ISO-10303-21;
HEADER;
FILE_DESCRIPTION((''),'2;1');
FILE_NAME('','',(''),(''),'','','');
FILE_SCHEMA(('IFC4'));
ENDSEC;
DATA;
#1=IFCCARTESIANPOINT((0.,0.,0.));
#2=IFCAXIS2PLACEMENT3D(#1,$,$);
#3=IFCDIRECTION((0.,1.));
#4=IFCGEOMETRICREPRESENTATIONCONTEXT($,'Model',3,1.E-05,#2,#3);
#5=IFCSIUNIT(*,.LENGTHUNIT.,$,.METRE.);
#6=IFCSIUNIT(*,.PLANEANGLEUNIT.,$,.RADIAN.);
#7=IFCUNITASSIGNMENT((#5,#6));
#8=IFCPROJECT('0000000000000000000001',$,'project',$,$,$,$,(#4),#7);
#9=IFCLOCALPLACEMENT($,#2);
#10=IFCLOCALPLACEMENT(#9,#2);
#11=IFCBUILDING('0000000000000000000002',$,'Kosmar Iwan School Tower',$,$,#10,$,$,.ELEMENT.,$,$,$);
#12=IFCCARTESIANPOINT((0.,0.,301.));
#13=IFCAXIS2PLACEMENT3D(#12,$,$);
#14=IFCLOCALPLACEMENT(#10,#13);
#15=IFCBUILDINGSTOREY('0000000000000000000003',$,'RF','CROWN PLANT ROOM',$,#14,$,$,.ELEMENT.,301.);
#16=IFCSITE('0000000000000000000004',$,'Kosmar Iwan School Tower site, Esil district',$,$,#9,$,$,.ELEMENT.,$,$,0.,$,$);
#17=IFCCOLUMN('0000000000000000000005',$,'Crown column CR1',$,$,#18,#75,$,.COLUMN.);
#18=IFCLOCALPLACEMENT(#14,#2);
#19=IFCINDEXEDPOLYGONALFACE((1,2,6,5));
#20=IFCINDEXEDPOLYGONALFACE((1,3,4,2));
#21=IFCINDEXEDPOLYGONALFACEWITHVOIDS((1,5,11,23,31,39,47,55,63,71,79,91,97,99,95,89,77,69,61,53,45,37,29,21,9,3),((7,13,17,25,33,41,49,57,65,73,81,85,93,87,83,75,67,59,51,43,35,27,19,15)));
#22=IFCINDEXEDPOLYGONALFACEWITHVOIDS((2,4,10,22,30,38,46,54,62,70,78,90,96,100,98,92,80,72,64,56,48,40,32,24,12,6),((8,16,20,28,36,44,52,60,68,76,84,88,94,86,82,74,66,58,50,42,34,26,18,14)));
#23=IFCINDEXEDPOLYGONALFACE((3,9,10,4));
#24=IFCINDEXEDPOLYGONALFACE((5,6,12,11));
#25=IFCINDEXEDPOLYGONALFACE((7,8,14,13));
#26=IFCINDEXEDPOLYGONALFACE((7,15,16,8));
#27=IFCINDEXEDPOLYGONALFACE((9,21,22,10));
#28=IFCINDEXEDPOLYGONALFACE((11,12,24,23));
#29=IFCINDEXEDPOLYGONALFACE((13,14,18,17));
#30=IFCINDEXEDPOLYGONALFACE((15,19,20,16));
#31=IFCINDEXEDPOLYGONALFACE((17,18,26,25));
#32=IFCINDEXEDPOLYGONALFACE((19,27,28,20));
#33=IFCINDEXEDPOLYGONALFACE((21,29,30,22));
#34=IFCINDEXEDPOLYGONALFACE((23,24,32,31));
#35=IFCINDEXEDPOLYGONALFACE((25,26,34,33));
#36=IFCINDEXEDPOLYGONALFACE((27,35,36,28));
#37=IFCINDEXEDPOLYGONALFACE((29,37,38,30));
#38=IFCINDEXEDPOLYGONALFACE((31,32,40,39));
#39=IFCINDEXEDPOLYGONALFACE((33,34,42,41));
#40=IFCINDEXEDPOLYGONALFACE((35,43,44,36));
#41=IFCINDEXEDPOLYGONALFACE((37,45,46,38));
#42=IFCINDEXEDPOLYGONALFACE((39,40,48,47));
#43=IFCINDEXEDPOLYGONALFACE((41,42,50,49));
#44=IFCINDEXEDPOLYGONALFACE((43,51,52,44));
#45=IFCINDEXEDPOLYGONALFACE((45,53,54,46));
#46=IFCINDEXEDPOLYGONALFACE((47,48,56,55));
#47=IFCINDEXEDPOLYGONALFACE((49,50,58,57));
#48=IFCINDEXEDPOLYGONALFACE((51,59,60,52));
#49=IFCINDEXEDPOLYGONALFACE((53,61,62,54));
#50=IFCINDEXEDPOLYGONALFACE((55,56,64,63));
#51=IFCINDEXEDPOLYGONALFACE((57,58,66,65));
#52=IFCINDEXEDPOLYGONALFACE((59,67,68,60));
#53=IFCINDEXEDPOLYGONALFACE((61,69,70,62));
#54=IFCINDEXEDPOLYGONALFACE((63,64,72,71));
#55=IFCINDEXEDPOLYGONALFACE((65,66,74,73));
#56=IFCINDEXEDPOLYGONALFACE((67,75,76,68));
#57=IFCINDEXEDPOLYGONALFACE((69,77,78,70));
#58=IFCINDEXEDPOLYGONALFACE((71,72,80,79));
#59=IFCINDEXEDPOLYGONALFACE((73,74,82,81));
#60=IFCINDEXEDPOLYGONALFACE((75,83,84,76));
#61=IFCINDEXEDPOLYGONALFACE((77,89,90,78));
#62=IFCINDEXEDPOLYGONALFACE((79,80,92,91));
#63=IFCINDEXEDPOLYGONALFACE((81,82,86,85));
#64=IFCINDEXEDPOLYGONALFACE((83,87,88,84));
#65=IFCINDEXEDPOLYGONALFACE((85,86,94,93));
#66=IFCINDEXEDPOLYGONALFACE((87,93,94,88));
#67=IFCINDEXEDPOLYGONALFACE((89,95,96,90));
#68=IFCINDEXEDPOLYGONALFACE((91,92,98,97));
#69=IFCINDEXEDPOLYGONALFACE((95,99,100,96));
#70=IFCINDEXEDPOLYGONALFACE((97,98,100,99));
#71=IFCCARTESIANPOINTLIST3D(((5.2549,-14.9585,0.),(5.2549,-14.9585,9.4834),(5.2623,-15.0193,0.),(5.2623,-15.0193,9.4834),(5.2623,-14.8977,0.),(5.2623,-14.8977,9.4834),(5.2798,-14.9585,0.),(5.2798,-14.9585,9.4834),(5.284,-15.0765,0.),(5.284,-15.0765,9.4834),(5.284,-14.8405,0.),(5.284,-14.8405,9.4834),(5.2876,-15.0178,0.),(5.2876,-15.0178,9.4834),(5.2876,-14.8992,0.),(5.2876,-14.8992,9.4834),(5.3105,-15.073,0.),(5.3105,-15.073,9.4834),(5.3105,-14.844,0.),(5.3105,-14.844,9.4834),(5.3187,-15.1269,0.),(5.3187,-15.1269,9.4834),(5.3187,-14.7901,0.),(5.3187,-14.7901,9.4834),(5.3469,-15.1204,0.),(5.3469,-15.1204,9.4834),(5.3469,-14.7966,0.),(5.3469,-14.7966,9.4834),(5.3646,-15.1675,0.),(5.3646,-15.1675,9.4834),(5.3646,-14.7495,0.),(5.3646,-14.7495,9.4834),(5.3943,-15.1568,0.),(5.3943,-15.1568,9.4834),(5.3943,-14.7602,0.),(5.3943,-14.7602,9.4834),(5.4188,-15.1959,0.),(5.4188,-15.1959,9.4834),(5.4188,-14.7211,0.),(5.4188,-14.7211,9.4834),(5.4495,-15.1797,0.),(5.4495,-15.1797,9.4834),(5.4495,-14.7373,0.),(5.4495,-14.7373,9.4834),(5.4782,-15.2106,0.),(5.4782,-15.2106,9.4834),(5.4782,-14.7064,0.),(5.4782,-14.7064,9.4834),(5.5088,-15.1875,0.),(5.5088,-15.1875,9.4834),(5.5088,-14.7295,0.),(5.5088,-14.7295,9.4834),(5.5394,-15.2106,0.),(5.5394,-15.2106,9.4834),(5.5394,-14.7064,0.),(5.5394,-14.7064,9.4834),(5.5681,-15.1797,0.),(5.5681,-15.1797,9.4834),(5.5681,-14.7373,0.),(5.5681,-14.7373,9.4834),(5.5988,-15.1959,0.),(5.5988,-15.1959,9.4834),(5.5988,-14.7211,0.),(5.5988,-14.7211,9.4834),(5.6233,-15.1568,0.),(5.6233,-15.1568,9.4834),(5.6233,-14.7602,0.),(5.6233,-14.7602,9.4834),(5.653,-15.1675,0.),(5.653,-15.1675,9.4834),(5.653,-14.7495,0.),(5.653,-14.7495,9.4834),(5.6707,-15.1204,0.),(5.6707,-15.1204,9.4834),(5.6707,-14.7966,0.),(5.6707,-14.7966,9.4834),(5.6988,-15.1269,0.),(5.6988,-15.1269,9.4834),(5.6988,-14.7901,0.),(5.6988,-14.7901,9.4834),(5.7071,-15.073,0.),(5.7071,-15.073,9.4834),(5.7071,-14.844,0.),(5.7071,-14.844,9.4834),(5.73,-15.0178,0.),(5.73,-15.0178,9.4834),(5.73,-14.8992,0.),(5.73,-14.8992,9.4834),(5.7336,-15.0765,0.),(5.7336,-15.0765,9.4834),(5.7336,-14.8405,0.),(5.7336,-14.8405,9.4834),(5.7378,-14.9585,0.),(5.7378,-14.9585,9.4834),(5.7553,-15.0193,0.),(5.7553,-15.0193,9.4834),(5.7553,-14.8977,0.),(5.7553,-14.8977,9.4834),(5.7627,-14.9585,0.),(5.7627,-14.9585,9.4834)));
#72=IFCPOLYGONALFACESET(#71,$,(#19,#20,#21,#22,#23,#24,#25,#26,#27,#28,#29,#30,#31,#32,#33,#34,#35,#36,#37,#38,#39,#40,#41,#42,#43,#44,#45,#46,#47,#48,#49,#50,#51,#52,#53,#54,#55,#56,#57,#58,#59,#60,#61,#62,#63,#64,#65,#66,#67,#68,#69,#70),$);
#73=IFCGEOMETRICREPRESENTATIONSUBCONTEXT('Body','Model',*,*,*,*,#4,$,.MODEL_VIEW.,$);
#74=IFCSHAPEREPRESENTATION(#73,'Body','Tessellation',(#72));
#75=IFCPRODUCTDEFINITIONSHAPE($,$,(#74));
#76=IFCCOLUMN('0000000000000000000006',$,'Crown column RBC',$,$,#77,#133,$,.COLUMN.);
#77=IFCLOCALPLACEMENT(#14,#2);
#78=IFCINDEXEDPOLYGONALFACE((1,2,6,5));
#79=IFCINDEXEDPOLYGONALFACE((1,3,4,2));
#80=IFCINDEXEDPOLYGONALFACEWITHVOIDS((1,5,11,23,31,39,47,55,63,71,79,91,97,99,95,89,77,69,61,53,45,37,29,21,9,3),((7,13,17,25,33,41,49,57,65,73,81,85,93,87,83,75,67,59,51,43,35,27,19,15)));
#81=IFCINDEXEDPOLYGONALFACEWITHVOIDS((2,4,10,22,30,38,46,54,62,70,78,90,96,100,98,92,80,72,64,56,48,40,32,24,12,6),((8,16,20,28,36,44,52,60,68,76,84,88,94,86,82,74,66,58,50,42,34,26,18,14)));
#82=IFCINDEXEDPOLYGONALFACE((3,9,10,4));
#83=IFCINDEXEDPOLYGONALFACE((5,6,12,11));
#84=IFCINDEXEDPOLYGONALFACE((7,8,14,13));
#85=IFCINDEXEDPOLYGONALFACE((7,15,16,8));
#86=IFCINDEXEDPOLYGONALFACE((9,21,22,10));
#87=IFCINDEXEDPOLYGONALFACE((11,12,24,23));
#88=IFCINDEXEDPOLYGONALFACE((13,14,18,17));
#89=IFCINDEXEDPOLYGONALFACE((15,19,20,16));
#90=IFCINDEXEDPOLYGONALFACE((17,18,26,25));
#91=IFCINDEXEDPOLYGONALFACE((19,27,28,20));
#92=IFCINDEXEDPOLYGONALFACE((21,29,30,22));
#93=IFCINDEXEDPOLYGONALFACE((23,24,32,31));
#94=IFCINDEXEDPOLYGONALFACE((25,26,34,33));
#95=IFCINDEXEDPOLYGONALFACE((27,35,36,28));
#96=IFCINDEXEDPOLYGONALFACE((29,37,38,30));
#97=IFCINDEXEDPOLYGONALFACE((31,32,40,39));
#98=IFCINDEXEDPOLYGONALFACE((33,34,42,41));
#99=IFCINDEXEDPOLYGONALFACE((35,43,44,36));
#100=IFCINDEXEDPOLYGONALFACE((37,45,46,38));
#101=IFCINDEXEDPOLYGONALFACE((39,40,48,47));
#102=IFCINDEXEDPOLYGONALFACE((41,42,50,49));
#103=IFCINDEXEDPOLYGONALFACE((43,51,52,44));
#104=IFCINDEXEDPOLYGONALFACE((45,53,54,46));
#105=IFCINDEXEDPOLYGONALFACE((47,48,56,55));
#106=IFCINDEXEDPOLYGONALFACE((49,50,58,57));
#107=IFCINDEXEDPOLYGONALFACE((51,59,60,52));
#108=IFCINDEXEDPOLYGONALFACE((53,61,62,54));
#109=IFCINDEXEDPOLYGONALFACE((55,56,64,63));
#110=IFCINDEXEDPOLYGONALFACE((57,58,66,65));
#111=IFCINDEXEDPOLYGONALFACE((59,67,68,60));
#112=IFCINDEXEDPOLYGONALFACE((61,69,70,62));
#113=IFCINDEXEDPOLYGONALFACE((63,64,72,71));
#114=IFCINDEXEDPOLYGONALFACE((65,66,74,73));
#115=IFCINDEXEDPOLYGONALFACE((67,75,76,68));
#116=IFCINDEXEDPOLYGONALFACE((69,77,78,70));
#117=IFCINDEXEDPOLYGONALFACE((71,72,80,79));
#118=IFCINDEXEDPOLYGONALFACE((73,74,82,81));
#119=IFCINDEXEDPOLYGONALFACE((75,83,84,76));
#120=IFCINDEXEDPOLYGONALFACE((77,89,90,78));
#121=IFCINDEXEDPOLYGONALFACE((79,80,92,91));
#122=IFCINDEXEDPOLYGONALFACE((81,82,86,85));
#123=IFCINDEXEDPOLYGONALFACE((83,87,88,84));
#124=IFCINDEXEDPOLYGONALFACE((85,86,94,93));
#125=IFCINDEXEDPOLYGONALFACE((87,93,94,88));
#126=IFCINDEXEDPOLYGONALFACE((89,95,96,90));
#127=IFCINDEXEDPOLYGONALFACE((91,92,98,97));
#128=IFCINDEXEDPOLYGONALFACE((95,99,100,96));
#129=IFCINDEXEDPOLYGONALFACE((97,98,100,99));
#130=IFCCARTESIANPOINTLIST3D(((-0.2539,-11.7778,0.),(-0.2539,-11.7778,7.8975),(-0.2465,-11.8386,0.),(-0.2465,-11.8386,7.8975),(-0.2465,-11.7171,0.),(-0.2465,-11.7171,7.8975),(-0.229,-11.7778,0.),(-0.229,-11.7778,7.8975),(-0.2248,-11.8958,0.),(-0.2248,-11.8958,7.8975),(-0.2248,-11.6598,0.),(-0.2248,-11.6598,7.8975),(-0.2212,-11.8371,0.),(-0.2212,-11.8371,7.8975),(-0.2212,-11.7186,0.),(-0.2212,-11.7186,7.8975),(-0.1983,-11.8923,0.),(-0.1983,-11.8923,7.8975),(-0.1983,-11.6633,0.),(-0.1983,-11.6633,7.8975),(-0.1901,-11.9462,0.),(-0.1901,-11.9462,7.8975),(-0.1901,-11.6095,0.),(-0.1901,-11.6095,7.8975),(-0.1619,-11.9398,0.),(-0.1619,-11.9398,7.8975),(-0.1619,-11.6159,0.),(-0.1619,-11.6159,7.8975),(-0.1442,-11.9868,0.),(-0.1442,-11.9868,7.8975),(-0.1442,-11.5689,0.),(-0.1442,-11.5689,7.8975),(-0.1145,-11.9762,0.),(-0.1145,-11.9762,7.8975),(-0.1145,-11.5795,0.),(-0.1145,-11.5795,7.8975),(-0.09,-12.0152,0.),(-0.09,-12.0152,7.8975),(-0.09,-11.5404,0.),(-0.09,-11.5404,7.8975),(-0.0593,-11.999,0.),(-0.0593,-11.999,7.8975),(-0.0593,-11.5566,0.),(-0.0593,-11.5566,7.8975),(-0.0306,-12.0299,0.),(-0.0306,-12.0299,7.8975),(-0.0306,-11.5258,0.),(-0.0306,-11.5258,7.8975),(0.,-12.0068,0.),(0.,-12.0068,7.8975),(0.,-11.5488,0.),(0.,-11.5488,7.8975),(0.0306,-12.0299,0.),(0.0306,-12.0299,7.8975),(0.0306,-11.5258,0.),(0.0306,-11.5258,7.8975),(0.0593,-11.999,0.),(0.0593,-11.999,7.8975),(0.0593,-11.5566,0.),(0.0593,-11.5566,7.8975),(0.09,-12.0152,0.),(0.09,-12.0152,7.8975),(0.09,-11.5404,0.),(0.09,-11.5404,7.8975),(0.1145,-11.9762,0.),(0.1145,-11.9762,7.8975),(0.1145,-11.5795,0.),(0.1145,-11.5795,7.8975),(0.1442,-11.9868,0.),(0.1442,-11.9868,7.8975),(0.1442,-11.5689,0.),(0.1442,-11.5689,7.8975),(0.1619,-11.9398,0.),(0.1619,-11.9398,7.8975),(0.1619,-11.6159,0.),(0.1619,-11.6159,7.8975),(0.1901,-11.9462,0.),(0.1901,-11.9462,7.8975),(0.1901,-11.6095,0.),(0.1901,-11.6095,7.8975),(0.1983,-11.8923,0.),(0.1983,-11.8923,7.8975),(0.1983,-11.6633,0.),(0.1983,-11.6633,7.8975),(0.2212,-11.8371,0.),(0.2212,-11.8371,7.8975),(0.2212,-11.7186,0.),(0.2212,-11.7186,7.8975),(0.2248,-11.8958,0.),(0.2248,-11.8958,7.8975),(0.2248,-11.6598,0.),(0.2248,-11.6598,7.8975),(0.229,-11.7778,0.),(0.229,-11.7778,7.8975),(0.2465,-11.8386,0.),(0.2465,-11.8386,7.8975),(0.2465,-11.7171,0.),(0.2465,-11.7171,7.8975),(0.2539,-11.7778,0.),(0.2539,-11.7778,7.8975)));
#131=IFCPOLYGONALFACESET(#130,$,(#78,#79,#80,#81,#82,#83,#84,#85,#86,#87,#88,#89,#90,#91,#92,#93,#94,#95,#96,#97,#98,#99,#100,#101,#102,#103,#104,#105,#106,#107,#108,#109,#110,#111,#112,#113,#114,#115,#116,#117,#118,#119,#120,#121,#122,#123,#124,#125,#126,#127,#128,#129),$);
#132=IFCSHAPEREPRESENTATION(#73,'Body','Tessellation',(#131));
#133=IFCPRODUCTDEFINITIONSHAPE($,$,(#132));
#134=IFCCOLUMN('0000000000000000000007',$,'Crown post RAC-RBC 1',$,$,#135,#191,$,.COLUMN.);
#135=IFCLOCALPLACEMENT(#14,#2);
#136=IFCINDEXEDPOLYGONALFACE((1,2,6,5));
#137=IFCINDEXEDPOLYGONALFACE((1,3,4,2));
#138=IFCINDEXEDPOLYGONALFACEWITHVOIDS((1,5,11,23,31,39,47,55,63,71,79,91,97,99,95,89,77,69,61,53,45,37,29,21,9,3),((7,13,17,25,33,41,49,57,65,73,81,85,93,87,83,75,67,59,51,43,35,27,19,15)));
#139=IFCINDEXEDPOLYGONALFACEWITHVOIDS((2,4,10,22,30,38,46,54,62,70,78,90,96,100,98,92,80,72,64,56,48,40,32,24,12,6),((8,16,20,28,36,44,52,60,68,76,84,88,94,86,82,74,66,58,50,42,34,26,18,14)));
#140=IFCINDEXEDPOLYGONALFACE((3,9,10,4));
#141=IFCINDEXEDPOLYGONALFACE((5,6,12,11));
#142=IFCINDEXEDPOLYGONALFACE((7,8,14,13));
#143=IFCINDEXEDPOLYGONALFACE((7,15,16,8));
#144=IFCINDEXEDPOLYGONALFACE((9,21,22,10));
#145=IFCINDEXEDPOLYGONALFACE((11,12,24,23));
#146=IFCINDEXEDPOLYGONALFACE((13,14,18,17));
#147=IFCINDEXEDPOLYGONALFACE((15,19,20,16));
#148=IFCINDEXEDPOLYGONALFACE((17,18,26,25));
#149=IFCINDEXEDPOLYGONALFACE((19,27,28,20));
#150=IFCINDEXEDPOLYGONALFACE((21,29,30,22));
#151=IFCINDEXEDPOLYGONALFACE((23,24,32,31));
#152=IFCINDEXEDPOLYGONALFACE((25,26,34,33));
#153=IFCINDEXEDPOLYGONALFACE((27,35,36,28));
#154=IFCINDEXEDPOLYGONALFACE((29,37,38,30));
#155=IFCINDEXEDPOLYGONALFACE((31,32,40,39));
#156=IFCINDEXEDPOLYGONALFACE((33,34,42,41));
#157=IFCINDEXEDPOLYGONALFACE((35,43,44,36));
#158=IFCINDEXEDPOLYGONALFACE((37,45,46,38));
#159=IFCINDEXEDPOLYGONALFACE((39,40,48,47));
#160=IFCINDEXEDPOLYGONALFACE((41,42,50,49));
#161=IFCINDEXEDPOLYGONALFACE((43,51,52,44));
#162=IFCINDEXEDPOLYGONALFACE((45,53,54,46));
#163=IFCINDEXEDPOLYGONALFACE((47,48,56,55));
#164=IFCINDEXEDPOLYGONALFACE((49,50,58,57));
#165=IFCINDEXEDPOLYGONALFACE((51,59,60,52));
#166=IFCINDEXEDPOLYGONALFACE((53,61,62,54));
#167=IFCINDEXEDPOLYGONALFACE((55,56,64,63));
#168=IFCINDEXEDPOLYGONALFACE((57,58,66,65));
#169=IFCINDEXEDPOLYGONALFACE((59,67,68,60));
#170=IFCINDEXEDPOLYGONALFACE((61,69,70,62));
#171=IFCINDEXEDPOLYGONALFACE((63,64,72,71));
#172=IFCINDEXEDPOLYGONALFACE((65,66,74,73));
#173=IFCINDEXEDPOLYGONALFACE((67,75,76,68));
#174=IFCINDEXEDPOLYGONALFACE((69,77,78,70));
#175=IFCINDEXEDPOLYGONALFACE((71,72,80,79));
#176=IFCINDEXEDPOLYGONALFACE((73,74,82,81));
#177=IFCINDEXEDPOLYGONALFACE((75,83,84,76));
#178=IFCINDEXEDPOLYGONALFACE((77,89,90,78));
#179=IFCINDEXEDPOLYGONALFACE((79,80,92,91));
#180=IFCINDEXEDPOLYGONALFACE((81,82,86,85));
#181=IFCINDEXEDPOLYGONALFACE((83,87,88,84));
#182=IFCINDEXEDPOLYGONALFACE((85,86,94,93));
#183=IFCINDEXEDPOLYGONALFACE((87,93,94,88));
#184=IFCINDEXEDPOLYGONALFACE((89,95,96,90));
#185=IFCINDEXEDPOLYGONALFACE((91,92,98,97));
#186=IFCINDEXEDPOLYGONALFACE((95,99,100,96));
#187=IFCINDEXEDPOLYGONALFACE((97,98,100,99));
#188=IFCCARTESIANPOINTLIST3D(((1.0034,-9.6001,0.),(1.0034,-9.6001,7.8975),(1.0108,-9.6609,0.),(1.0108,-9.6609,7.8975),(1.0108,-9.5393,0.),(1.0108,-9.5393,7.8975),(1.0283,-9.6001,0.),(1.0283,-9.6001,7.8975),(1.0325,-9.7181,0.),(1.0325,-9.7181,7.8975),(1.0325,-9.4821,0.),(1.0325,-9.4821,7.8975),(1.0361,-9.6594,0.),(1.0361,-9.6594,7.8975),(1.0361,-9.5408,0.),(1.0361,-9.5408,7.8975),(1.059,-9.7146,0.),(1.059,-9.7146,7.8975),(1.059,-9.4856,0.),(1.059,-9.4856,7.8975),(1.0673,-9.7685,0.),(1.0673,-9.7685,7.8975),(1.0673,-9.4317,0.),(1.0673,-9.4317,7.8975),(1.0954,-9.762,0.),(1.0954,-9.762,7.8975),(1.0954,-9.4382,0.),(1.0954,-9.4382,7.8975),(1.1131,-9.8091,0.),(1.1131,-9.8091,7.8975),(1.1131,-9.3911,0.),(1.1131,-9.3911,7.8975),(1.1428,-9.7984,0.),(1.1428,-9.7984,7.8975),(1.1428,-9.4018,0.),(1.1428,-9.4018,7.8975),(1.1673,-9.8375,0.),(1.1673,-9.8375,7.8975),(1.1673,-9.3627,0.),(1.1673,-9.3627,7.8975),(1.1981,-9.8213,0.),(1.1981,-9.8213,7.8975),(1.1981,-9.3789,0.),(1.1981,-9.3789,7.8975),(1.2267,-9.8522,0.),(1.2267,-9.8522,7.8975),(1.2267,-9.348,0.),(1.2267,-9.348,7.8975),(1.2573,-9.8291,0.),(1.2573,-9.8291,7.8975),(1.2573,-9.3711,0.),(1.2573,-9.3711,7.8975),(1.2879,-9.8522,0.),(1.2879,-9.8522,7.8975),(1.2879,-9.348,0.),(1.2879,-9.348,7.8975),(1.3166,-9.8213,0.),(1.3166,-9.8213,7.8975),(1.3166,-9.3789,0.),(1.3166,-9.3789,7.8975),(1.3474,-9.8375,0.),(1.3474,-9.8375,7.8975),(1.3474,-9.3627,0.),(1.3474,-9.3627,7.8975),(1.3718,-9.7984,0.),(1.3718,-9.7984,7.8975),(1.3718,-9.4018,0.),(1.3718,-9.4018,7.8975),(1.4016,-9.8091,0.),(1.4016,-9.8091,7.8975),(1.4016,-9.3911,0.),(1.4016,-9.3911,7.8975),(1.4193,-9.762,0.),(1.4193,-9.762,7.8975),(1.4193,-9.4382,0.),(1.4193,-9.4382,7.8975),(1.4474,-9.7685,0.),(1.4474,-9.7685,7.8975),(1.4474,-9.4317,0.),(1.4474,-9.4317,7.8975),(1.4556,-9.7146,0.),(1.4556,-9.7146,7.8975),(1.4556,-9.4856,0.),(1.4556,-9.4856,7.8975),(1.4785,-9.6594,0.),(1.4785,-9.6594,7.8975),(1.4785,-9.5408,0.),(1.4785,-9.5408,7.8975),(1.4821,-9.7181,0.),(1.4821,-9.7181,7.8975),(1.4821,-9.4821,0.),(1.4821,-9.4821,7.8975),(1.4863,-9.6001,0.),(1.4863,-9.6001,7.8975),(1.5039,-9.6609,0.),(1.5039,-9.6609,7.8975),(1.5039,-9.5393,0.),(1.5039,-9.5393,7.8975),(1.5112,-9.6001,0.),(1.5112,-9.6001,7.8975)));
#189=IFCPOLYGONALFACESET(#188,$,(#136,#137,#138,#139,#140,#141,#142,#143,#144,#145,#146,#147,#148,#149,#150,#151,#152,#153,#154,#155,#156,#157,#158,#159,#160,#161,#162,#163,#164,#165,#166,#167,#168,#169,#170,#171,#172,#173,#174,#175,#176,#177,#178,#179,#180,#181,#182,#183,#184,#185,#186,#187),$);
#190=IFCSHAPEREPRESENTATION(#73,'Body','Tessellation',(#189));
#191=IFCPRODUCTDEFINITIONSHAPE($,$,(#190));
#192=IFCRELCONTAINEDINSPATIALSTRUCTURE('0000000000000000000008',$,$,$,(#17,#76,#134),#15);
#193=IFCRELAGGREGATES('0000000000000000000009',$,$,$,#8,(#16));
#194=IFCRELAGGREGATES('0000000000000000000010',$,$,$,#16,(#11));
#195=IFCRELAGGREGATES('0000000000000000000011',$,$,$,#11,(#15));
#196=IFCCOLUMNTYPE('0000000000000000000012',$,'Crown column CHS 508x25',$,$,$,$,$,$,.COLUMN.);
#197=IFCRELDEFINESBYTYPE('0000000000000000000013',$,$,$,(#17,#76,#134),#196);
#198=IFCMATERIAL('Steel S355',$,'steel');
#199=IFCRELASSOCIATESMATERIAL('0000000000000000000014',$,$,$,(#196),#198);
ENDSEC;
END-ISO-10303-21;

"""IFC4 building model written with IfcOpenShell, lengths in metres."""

from ifc_helpers import new_model, si_unit, direction, frame, origin, origin_2d, place, context, subcontext, project, spatial, hollow_circle, extrude, material, material_profile, profile_set, type_object, element, save


model = new_model("IFC4")

# Units and contexts
model_context = context("Model", 3, precision=1e-05, world=origin(), true_north=direction((0.0, 1.0)))
body_context = subcontext(model_context, "Body", "Model", "MODEL_VIEW")
ifc_project = project(units=[si_unit("LENGTHUNIT", "METRE"), si_unit("PLANEANGLEUNIT", "RADIAN")], contexts=[model_context])

# Site, building, storey
site_placement = place(None, origin())
site = spatial("IfcSite", under=ifc_project, at=site_placement, Name="Kosmar Iwan School Tower site, Esil district", CompositionType="ELEMENT", RefElevation=0.0)
building_placement = place(site_placement, origin())
building = spatial("IfcBuilding", under=site, at=building_placement, Name="Kosmar Iwan School Tower", CompositionType="ELEMENT")
storey_placement = place(building_placement, frame((0.0, 0.0, 301.0)))
storey = spatial("IfcBuildingStorey", under=building, at=storey_placement, Name="RF", Description="CROWN PLANT ROOM", CompositionType="ELEMENT", Elevation=301.0)

# Columns
ifc_material_1 = material(Name="Steel S355", Category="steel")
ifc_material_profile_1 = material_profile(ifc_material_1, hollow_circle(Radius=0.2539, WallThickness=0.0249, at=origin_2d()), Name="CHS 508x25")
ifc_profile_set_1 = profile_set([ifc_material_profile_1], Name="Steel S355")
column_type = type_object("IfcColumnType", Name="Crown column CHS 508x25", PredefinedType="COLUMN", material=ifc_profile_set_1)
column_placement = place(storey_placement, frame((5.5088, -14.9585, 0.0), z_axis=(0.0, 0.0, 1.0), x_axis=(1.0, 0.0, 0.0)))
element("IfcColumn", 1, at=column_placement, inside=storey, type_object=column_type, Name="Crown column CR1", PredefinedType="COLUMN", context=body_context, shape_type="SweptSolid", body=[
    extrude(hollow_circle(Radius=0.2539, WallThickness=0.0249, at=origin_2d()), origin(), (0.0, 0.0, 1.0), 9.4834),
])
for number, where, z_axis, x_axis, name in (
    (2, (0.0, -11.7778, 0.0), (0.0, 0.0, 1.0), (1.0, 0.0, 0.0), "Crown column RBC"),
    (3, (1.2573, -9.6001, 0.0), (0.0, 0.0, 1.0), (1.0, 0.0, 0.0), "Crown post RAC-RBC 1"),
):
    element("IfcColumn", number, at=place(storey_placement, frame(where, z_axis=z_axis, x_axis=x_axis)), inside=storey, type_object=column_type, Name=name, PredefinedType="COLUMN", context=body_context, shape_type="SweptSolid", body=[
        extrude(hollow_circle(Radius=0.2539, WallThickness=0.0249, at=origin_2d()), origin(), (0.0, 0.0, 1.0), 7.8975),
    ])

save(model, "model.ifc")
